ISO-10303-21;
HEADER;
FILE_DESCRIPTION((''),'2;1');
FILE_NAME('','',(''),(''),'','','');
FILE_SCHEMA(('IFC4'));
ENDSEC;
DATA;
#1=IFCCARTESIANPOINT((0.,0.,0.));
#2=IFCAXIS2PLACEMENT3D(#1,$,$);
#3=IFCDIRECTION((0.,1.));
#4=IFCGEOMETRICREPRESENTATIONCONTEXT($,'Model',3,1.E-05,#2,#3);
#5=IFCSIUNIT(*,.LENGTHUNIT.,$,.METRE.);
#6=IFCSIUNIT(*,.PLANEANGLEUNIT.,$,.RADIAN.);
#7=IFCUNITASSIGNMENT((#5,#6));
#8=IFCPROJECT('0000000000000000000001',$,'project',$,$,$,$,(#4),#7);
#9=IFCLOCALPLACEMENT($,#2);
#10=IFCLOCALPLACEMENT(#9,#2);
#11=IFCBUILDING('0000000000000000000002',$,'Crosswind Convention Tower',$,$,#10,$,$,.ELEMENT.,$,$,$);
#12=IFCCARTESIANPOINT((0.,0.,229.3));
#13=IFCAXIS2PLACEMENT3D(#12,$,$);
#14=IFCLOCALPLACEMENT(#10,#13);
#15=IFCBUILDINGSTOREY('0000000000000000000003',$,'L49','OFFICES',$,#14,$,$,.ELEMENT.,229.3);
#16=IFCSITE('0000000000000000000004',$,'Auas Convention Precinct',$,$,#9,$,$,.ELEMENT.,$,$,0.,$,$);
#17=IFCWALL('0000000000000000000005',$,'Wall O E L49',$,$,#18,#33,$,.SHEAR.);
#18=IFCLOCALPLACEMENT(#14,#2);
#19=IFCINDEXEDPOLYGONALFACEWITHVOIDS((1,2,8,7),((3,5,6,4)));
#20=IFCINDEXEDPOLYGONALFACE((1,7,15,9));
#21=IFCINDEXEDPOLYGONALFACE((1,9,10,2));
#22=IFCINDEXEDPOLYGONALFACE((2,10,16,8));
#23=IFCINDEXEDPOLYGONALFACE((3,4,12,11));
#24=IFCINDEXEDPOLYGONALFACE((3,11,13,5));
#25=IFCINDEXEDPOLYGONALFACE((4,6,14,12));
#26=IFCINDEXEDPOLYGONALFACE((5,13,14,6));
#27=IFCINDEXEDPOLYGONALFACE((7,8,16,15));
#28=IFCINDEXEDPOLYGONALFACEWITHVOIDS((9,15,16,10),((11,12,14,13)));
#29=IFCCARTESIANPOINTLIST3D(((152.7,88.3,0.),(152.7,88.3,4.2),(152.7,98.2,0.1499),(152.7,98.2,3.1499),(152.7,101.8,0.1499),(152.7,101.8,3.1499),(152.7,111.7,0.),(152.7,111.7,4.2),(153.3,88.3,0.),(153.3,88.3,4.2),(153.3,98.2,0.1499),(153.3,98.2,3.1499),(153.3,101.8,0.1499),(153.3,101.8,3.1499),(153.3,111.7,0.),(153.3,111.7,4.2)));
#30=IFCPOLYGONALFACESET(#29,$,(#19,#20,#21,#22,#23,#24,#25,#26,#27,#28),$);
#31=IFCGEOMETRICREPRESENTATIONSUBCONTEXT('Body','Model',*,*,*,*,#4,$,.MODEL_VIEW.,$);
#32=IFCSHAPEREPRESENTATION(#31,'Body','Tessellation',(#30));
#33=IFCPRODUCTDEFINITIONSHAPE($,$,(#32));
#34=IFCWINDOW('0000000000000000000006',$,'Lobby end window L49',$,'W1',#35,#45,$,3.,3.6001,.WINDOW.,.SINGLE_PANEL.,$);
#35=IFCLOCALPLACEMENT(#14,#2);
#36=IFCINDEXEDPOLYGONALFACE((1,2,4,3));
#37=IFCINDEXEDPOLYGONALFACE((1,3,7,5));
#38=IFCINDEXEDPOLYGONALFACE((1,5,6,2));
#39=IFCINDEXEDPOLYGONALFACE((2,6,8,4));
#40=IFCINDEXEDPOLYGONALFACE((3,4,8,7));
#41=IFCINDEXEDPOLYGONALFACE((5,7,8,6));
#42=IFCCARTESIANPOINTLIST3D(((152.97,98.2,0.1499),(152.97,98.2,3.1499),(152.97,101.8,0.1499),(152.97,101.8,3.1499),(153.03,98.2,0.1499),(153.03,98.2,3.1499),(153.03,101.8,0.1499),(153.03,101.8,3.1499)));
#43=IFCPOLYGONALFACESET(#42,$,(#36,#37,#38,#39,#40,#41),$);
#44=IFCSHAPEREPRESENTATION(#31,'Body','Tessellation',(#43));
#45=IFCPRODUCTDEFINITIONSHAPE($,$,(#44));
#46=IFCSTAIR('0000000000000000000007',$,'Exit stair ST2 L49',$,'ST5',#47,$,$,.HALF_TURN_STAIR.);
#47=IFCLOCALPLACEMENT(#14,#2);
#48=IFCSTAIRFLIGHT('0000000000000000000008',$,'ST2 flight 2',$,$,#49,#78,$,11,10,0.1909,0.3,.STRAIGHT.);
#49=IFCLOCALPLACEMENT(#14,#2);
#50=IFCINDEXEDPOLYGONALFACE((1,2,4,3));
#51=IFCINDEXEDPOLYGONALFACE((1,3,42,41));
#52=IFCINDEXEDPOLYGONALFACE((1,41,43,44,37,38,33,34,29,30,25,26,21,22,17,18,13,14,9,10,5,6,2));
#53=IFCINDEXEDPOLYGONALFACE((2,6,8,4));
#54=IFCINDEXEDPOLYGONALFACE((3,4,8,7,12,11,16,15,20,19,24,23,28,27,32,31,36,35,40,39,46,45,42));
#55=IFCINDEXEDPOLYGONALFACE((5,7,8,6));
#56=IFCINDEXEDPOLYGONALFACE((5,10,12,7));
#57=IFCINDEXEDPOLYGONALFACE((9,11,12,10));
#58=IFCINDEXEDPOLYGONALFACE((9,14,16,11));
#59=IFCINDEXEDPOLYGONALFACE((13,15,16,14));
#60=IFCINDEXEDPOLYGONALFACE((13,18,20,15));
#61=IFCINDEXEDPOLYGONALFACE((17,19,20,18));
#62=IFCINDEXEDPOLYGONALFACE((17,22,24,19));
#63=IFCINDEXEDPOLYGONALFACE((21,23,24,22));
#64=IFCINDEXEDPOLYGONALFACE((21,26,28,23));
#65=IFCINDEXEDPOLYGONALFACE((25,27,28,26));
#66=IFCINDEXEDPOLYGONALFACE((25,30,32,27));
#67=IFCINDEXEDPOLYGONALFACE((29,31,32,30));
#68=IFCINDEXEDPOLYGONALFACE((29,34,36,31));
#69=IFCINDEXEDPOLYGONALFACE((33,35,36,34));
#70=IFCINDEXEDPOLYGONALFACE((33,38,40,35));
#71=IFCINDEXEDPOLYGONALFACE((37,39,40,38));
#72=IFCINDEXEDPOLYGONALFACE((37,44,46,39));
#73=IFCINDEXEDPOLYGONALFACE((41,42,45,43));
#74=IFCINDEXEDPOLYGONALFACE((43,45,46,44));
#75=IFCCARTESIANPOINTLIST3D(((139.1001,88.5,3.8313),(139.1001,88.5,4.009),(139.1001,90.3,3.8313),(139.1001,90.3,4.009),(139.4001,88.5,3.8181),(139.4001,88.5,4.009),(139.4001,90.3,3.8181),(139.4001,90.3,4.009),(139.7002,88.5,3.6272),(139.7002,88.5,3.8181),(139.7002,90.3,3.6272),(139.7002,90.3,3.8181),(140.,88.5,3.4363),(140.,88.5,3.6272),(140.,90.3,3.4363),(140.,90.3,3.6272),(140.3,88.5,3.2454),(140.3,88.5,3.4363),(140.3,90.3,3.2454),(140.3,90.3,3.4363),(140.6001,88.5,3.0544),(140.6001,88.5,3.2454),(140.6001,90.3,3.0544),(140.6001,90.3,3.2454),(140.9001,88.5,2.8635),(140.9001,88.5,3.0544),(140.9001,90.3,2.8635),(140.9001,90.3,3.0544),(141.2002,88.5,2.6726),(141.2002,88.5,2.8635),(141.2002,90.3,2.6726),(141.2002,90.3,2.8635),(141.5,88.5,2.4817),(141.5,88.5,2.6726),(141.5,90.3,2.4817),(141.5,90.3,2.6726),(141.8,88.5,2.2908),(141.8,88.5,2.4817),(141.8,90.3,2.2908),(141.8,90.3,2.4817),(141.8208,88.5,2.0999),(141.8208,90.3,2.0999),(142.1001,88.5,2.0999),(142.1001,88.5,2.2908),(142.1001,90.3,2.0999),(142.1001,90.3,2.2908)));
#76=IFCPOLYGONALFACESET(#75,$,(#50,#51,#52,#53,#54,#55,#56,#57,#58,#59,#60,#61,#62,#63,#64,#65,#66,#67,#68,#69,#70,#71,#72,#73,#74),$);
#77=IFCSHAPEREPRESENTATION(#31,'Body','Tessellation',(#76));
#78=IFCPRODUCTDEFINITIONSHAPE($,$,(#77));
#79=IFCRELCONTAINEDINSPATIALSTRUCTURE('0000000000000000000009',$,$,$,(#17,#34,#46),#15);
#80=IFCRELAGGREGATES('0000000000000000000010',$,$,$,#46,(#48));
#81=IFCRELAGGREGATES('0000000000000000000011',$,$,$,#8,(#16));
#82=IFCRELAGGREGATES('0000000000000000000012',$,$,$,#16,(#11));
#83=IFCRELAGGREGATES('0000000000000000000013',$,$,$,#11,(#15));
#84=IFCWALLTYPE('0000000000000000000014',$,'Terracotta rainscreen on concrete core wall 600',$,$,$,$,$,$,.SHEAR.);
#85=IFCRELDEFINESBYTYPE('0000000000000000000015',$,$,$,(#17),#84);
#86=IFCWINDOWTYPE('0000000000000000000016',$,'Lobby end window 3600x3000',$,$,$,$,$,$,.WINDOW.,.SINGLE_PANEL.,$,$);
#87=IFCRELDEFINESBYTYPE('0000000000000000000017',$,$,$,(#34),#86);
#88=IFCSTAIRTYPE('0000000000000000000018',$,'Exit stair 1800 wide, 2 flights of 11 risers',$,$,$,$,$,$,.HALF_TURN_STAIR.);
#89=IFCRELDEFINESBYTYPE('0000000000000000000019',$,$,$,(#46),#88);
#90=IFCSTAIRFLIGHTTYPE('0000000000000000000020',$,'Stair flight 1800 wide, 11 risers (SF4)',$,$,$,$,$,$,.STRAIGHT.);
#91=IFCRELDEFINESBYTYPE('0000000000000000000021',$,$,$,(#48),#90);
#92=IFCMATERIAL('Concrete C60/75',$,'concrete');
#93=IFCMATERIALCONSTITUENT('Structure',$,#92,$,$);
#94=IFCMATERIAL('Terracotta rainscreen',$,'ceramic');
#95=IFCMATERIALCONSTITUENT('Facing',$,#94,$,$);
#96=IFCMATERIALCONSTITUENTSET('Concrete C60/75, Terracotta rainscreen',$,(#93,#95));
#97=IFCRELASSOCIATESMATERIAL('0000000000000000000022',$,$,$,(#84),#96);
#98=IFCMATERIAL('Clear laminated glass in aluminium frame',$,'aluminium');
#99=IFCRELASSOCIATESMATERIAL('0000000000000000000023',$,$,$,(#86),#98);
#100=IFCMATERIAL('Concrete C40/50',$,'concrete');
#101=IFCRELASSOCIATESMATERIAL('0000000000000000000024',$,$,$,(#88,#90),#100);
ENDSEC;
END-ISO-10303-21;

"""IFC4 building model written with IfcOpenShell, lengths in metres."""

from ifc_helpers import new_model, si_unit, direction, frame, frame_2d, origin, place, context, subcontext, project, spatial, polyline, rectangle, outline, extrude, material, constituent, constituent_set, type_object, element, fill, aggregate, save


model = new_model("IFC4")

# Units and contexts
model_context = context("Model", 3, precision=1e-05, world=origin(), true_north=direction((0.0, 1.0)))
body_context = subcontext(model_context, "Body", "Model", "MODEL_VIEW")
ifc_project = project(units=[si_unit("LENGTHUNIT", "METRE"), si_unit("PLANEANGLEUNIT", "RADIAN")], contexts=[model_context])

# Site, building, storey
site_placement = place(None, origin())
site = spatial("IfcSite", under=ifc_project, at=site_placement, Name="Auas Convention Precinct", CompositionType="ELEMENT", RefElevation=0.0)
building_placement = place(site_placement, origin())
building = spatial("IfcBuilding", under=site, at=building_placement, Name="Crosswind Convention Tower", CompositionType="ELEMENT")
storey_placement = place(building_placement, frame((0.0, 0.0, 229.3)))
storey = spatial("IfcBuildingStorey", under=building, at=storey_placement, Name="L49", Description="OFFICES", CompositionType="ELEMENT", Elevation=229.3)

# Wall, opening, window
ifc_material_1 = material(Name="Concrete C60/75", Category="concrete")
ifc_constituent_1 = constituent(ifc_material_1, Name="Structure")
ifc_material_2 = material(Name="Terracotta rainscreen", Category="ceramic")
ifc_constituent_2 = constituent(ifc_material_2, Name="Facing")
ifc_constituent_set = constituent_set(constituents=[ifc_constituent_1, ifc_constituent_2], Name="Concrete C60/75, Terracotta rainscreen")
wall_type_1 = type_object("IfcWallType", Name="Terracotta rainscreen on concrete core wall 600", PredefinedType="SHEAR", material=ifc_constituent_set)
wall_1_placement = place(storey_placement, frame((153.0, 88.3, 0.0), z_axis=(0.0, 0.0, 1.0), x_axis=(0.0, 1.0, 0.0)))
wall_1 = element("IfcWall", 1, at=wall_1_placement, inside=storey, type_object=wall_type_1, Name="Wall O E L49", PredefinedType="SHEAR", context=body_context, shape_type="SweptSolid", body=[
    extrude(rectangle(XDim=23.3999, YDim=0.6001, at=frame_2d((11.7, 0.0))), origin(), (0.0, 0.0, 1.0), 4.2),
])
opening_1_placement = place(wall_1_placement, frame((9.8999, 0.0, 0.1499)))
opening_1 = element("IfcOpeningElement", 2, at=opening_1_placement, cuts=wall_1, PredefinedType="OPENING", context=body_context, shape_type="SweptSolid", body=[
    extrude(rectangle(XDim=3.6001, YDim=3.0, at=frame_2d((1.8, 1.5))), frame((0.0, 0.3101, 0.0), z_axis=(0.0, -1.0, 0.0), x_axis=(1.0, 0.0, 0.0)), (0.0, 0.0, 1.0), 0.6201),
])
ifc_material_3 = material(Name="Clear laminated glass in aluminium frame", Category="aluminium")
window_type = type_object("IfcWindowType", Name="Lobby end window 3600x3000", PartitioningType="SINGLE_PANEL", PredefinedType="WINDOW", material=ifc_material_3)
window_placement = place(opening_1_placement, origin())
window = element("IfcWindow", 3, at=window_placement, inside=storey, type_object=window_type, Name="Lobby end window L49", ObjectType="W1", OverallHeight=3.0, OverallWidth=3.6001, PartitioningType="SINGLE_PANEL", PredefinedType="WINDOW", context=body_context, shape_type="SweptSolid", body=[
    extrude(rectangle(XDim=3.6001, YDim=3.0, at=frame_2d((1.8, 1.5))), frame((0.0, 0.03, 0.0), z_axis=(0.0, -1.0, 0.0), x_axis=(1.0, 0.0, 0.0)), (0.0, 0.0, 1.0), 0.0601),
])
fill(opening_1, window)

# Stair, stair flight
ifc_material_4 = material(Name="Concrete C40/50", Category="concrete")
stair_type = type_object("IfcStairType", Name="Exit stair 1800 wide, 2 flights of 11 risers", PredefinedType="HALF_TURN_STAIR", material=ifc_material_4)
stair_placement = place(storey_placement, origin())
stair = element("IfcStair", 4, at=stair_placement, inside=storey, type_object=stair_type, Name="Exit stair ST2 L49", ObjectType="ST5", PredefinedType="HALF_TURN_STAIR")
stair_flight_type = type_object("IfcStairFlightType", Name="Stair flight 1800 wide, 11 risers (SF4)", PredefinedType="STRAIGHT", material=ifc_material_4)
stair_flight_placement = place(storey_placement, frame((142.1001, 89.3999, 2.0999), z_axis=(0.0, 0.0, 1.0), x_axis=(-1.0, 0.0, 0.0)))
stair_flight = element("IfcStairFlight", 5, at=stair_flight_placement, type_object=stair_flight_type, Name="ST2 flight 2", NumberOfRisers=11, NumberOfTreads=10, PredefinedType="STRAIGHT", RiserHeight=0.1909, TreadLength=0.3, context=body_context, shape_type="SweptSolid", body=[
    extrude(outline(polyline([(0.0, 0.0), (0.0, 0.1909), (0.3, 0.1909), (0.3, 0.3818), (0.6001, 0.3818), (0.6001, 0.5728), (0.8999, 0.5728), (0.8999, 0.7637), (1.2, 0.7637), (1.2, 0.9546), (1.5, 0.9546), (1.5, 1.1455), (1.8, 1.1455), (1.8, 1.3364), (2.1001, 1.3364), (2.1001, 1.5273), (2.3999, 1.5273), (2.3999, 1.7183), (2.7, 1.7183), (2.7, 1.9092), (3.0, 1.9092), (3.0, 2.1001), (3.0, 1.7314), (0.2793, 0.0), (0.0, 0.0)])), frame((0.0, 0.8999, 0.0), z_axis=(0.0, -1.0, 0.0), x_axis=(1.0, 0.0, 0.0)), (0.0, 0.0, 1.0), 1.8),
])
aggregate(stair, [stair_flight])

save(model, "model.ifc")
